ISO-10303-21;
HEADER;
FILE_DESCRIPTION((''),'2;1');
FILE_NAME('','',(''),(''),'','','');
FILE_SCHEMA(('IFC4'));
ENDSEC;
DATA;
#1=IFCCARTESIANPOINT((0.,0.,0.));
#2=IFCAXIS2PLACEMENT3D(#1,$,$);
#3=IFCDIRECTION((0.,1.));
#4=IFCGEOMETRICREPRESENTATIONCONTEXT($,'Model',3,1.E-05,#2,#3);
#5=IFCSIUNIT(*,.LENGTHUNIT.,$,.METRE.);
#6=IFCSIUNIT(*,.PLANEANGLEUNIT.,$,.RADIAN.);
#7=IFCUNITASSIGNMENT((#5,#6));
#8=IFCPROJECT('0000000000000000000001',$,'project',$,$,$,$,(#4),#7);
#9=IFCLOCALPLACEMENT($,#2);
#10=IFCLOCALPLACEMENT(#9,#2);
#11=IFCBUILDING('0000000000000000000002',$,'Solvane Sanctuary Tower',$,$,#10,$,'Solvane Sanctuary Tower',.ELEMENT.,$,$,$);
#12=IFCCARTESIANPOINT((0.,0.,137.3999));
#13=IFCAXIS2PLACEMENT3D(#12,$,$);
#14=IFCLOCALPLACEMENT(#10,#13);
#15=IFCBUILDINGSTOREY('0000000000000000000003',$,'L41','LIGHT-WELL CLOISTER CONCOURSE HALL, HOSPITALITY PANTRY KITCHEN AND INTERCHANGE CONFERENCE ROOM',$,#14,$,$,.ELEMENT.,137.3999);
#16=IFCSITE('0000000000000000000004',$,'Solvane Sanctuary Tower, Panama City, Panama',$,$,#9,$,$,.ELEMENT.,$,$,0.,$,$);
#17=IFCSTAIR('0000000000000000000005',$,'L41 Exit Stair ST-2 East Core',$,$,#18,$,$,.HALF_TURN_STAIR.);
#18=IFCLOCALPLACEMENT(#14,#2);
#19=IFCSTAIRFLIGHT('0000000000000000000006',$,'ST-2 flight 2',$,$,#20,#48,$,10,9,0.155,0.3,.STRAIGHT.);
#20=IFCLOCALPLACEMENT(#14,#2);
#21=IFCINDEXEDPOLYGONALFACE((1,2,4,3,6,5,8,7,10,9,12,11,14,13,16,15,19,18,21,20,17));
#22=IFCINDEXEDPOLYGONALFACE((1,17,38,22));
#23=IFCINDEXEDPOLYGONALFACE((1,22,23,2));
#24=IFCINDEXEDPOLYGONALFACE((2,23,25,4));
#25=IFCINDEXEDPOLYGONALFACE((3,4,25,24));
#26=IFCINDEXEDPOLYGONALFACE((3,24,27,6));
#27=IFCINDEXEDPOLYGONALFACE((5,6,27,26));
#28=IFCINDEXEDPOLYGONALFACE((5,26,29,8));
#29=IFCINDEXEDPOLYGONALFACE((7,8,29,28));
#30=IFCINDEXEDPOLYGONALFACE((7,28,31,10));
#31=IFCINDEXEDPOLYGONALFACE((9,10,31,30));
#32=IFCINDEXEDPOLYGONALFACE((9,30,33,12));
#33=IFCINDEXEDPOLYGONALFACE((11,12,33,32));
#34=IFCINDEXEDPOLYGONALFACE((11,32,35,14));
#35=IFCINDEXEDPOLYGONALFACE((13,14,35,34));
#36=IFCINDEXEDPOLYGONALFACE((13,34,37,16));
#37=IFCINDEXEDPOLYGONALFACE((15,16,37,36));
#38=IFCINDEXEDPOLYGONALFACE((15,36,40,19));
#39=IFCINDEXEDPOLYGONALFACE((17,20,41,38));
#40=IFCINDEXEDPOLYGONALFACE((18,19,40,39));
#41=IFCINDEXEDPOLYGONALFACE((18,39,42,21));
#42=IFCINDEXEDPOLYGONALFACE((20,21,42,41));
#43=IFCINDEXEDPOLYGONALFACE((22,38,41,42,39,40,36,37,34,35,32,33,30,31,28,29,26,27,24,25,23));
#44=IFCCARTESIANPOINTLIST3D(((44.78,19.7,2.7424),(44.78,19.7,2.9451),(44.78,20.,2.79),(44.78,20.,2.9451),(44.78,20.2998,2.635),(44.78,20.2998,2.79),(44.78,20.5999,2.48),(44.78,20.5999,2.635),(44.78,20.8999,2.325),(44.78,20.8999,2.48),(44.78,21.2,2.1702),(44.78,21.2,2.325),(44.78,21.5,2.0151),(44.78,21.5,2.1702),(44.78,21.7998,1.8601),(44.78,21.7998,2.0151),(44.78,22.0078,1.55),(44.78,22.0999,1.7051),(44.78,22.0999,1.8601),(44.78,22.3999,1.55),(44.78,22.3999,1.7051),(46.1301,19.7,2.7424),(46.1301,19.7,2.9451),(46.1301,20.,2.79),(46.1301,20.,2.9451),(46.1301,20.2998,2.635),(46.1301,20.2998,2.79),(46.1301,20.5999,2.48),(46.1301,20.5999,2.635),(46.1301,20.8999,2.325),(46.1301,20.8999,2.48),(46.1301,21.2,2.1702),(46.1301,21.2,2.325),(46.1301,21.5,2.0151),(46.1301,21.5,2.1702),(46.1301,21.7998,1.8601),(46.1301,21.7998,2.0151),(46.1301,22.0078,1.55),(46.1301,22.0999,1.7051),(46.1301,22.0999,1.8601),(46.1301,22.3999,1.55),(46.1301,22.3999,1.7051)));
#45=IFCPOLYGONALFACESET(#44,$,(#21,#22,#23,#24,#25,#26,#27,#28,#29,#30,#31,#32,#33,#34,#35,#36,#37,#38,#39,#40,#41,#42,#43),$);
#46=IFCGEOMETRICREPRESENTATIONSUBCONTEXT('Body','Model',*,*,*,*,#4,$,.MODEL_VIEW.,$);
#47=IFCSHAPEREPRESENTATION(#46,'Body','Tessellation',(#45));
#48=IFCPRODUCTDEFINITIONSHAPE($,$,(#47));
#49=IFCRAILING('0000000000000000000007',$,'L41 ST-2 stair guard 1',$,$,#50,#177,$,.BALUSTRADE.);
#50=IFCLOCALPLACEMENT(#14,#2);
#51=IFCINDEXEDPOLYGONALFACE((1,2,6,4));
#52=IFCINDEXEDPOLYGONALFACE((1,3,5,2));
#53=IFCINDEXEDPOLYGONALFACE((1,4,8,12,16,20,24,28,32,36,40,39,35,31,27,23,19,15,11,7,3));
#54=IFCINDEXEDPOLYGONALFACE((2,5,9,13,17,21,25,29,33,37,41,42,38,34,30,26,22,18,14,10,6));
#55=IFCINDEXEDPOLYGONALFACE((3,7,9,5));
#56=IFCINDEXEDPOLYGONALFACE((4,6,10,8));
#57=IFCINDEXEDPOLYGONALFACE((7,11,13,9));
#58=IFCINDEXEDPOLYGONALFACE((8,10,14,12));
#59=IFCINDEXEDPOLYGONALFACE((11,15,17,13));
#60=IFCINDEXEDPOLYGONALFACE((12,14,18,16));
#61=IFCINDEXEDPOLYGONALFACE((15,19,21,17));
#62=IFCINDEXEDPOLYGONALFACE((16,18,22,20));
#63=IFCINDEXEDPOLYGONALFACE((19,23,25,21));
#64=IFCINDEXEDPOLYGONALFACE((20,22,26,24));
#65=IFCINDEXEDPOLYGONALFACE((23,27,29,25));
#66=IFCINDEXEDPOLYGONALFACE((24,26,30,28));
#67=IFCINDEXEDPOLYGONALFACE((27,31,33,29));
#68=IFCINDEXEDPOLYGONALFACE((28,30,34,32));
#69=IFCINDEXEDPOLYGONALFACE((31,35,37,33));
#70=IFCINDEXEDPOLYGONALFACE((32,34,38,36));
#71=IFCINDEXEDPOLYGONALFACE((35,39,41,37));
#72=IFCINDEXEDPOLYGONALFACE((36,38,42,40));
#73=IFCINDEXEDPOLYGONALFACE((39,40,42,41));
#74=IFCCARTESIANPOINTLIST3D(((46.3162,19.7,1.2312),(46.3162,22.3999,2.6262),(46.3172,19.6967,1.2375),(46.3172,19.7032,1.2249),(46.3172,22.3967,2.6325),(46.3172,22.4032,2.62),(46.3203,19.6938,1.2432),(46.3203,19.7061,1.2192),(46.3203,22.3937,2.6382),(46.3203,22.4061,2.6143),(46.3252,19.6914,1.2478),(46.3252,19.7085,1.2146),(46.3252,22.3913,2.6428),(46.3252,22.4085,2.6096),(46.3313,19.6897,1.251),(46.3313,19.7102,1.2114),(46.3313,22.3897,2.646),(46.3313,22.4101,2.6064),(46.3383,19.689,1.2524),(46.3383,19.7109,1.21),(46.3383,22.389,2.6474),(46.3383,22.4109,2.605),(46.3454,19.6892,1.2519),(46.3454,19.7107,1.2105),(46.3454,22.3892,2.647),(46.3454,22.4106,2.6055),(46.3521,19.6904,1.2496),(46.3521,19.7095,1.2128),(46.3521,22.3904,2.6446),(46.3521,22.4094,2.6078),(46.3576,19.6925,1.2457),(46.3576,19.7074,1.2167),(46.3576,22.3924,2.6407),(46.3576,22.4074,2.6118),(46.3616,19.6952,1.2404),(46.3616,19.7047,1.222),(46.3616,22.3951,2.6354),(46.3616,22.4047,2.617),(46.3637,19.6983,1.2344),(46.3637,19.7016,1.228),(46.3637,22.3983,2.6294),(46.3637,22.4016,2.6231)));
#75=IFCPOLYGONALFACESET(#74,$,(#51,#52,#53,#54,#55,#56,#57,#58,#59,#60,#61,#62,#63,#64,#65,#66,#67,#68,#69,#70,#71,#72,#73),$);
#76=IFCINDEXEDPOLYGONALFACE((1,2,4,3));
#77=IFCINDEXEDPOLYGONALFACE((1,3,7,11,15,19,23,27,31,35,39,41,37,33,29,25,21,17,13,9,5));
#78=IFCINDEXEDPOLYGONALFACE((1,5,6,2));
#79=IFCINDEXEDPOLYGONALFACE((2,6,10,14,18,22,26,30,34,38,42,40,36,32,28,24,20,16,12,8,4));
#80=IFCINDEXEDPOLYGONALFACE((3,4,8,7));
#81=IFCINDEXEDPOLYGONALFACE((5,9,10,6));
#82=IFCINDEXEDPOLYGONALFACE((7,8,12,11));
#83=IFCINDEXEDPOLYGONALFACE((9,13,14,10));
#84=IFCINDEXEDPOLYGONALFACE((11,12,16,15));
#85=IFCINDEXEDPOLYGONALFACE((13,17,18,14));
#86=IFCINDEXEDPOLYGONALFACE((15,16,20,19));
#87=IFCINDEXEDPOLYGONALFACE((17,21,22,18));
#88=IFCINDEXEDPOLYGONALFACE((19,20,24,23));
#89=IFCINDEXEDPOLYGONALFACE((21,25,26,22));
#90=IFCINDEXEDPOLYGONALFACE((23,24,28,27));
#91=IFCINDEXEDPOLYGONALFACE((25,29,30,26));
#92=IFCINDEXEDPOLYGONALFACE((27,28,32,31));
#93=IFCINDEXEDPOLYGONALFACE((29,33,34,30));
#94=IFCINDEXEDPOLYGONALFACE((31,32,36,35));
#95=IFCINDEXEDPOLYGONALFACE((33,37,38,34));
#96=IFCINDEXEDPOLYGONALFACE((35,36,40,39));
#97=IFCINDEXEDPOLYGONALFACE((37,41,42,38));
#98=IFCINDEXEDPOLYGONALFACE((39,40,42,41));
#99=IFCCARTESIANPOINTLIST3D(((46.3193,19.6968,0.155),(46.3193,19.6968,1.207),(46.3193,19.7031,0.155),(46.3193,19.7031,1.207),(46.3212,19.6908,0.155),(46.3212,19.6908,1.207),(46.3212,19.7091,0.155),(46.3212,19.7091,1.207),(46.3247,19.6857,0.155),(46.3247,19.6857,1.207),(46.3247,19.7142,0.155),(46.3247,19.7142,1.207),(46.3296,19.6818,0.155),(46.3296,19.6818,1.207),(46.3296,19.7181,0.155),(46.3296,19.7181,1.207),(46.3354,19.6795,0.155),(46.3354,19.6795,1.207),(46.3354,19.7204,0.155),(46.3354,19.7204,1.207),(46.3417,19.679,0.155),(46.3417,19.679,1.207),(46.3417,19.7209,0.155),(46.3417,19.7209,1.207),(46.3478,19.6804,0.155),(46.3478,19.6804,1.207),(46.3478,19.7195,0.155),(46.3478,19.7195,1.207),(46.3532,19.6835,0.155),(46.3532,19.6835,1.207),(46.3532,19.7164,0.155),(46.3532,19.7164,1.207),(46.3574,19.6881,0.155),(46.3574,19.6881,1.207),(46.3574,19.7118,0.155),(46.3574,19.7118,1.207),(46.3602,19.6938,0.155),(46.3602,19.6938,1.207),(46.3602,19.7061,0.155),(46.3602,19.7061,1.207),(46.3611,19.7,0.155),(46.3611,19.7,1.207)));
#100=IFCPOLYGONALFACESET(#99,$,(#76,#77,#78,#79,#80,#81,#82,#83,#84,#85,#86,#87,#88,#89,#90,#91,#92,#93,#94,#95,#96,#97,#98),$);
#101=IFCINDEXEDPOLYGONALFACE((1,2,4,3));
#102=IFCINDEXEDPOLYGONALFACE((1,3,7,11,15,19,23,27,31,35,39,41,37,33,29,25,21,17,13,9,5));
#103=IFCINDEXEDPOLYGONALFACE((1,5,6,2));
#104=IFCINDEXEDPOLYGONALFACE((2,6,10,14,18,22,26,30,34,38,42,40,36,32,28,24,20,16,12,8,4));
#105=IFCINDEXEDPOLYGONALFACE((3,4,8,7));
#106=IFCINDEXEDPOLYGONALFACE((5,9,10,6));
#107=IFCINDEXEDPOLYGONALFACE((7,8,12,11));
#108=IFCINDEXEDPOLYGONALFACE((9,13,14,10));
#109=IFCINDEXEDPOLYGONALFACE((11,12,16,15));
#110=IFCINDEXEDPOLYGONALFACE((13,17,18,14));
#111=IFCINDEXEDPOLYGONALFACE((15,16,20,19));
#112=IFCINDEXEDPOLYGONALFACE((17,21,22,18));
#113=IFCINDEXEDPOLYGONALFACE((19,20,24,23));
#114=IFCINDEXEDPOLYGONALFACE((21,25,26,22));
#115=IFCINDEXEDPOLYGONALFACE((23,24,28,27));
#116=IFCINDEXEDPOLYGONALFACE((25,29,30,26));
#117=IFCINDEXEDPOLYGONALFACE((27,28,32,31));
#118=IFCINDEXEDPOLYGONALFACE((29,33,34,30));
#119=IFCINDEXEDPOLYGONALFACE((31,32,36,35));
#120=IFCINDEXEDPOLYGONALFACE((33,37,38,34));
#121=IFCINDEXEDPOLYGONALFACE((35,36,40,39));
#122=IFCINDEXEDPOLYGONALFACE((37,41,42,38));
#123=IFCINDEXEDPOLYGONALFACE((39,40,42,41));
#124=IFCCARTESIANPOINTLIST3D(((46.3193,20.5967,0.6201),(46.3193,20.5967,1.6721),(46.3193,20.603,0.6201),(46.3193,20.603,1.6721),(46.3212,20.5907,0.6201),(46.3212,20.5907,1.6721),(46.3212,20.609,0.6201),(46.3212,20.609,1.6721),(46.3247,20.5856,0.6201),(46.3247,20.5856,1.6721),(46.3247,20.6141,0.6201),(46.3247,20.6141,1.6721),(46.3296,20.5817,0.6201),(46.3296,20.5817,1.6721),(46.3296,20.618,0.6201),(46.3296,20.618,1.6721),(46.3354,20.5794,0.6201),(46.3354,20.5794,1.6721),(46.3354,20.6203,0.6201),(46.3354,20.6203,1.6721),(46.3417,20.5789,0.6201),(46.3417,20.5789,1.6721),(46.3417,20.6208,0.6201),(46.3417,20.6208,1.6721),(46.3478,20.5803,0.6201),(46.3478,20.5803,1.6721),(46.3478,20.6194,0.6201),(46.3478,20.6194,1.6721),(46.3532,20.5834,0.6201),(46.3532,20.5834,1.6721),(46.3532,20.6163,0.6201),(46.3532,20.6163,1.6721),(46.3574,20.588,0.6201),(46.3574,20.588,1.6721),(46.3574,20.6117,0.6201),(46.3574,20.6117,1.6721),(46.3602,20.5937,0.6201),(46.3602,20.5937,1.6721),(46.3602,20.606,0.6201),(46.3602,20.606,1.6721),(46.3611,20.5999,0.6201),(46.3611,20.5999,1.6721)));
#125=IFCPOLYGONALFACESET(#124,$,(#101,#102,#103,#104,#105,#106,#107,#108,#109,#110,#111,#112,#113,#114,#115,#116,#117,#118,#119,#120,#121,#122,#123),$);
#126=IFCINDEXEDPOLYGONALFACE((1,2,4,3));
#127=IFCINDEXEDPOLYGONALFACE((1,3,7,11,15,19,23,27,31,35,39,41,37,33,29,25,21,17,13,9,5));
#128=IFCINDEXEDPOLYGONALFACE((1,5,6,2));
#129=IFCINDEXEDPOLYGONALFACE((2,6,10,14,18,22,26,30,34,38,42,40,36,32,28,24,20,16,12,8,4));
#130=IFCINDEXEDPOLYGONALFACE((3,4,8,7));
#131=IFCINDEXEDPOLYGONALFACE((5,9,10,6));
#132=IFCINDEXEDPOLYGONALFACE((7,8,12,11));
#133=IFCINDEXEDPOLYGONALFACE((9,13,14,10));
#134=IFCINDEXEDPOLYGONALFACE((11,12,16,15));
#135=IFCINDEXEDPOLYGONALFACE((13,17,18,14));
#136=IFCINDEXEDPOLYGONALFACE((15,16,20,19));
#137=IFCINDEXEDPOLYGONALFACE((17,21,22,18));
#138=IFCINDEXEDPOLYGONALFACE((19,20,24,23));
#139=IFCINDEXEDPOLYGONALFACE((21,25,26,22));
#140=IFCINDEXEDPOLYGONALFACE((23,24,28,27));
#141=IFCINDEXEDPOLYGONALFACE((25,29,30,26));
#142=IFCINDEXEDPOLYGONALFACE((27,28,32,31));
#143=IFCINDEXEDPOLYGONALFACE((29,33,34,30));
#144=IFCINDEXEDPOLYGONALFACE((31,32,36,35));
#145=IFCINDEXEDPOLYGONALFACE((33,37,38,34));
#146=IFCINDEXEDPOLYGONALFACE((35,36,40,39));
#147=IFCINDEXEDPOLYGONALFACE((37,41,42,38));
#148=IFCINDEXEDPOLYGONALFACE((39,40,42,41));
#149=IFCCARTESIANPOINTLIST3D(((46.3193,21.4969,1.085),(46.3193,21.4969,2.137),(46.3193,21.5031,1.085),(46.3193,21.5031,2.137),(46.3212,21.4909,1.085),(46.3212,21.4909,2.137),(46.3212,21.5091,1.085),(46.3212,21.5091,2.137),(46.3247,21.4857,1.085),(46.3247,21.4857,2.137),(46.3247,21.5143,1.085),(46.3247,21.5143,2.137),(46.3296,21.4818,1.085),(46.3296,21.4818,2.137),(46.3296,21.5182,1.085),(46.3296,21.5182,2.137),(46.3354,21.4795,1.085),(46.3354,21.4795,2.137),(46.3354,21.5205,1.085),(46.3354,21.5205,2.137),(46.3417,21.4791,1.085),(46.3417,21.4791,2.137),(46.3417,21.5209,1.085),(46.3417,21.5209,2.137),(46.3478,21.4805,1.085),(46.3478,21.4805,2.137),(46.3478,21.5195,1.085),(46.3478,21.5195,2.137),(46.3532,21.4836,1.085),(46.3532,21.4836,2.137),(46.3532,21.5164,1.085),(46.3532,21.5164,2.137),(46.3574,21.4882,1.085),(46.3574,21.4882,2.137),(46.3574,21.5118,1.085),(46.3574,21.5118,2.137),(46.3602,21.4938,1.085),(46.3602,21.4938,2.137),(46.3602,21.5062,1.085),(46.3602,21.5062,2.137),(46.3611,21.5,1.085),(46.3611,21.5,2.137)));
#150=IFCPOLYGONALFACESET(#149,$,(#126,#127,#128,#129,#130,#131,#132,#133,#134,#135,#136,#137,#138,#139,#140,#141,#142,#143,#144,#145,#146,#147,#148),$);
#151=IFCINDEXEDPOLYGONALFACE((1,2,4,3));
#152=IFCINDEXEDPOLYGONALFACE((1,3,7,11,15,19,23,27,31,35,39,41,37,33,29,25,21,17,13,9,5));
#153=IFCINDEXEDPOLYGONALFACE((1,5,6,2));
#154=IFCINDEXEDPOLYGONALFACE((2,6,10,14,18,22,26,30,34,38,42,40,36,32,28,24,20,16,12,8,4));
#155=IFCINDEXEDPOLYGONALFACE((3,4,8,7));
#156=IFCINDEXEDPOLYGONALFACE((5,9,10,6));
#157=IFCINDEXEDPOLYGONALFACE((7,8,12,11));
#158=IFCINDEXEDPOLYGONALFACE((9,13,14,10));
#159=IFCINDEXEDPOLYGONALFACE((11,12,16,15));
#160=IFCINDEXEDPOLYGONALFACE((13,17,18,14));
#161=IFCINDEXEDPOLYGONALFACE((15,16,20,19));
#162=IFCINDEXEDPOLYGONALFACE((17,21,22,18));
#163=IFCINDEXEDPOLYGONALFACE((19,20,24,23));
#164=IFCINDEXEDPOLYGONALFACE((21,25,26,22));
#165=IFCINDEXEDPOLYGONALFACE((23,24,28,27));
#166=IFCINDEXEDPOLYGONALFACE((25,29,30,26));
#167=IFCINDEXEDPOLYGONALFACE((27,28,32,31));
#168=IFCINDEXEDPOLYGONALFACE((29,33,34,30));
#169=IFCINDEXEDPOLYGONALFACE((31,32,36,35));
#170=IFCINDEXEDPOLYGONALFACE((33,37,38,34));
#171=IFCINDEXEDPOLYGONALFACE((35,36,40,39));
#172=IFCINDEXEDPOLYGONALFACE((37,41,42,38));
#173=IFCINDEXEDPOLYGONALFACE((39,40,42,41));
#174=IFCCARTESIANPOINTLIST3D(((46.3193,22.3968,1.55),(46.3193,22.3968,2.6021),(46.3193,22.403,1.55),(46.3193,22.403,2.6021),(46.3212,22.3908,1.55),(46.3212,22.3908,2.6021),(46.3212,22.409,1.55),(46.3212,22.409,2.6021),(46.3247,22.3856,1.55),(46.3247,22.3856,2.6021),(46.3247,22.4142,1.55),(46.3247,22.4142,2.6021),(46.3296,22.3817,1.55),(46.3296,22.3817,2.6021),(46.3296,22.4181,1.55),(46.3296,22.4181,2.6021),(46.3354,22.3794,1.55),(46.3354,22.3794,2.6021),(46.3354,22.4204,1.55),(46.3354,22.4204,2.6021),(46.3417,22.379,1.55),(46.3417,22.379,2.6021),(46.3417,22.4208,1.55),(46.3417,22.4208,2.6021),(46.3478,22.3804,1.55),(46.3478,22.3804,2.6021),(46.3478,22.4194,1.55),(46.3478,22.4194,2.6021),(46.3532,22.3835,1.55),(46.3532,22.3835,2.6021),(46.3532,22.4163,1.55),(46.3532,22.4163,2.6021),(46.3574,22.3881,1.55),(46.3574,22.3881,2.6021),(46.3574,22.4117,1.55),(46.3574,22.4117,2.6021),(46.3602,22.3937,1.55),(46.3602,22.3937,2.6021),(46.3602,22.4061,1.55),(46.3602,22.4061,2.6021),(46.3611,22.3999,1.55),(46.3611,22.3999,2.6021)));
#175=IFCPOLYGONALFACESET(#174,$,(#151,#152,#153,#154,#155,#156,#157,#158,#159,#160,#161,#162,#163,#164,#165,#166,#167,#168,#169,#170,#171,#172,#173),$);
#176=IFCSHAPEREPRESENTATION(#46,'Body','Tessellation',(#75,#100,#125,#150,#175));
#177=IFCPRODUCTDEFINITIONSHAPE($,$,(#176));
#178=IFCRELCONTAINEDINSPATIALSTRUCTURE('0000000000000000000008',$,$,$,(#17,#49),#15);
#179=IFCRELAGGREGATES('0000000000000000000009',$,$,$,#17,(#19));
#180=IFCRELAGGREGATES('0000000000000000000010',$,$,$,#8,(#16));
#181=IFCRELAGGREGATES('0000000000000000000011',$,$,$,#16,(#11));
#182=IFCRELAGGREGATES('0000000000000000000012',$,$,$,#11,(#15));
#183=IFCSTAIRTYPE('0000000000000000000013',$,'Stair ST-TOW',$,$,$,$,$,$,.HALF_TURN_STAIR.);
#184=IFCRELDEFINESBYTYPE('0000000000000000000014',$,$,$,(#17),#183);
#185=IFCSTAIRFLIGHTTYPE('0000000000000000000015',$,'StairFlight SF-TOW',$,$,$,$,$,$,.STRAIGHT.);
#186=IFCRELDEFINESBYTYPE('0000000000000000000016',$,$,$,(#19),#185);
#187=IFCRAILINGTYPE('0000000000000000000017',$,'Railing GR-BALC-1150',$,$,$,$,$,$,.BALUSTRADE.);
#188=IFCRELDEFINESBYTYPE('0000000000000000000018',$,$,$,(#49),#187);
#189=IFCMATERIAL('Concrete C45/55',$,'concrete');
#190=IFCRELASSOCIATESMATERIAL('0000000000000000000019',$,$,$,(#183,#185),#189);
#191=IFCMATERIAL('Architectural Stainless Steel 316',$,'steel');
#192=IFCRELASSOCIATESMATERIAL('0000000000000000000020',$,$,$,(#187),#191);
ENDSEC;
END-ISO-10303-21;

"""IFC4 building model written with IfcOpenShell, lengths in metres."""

from ifc_helpers import new_model, si_unit, direction, frame, origin, origin_2d, place, context, subcontext, project, spatial, polyline, circle, outline, extrude, material, type_object, element, aggregate, save


model = new_model("IFC4")

# Units and contexts
model_context = context("Model", 3, precision=1e-05, world=origin(), true_north=direction((0.0, 1.0)))
body_context = subcontext(model_context, "Body", "Model", "MODEL_VIEW")
ifc_project = project(units=[si_unit("LENGTHUNIT", "METRE"), si_unit("PLANEANGLEUNIT", "RADIAN")], contexts=[model_context])

# Site, building, storey
site_placement = place(None, origin())
site = spatial("IfcSite", under=ifc_project, at=site_placement, Name="Solvane Sanctuary Tower, Panama City, Panama", CompositionType="ELEMENT", RefElevation=0.0)
building_placement = place(site_placement, origin())
building = spatial("IfcBuilding", under=site, at=building_placement, Name="Solvane Sanctuary Tower", LongName="Solvane Sanctuary Tower", CompositionType="ELEMENT")
storey_placement = place(building_placement, frame((0.0, 0.0, 137.3999)))
storey = spatial("IfcBuildingStorey", under=building, at=storey_placement, Name="L41", Description="LIGHT-WELL CLOISTER CONCOURSE HALL, HOSPITALITY PANTRY KITCHEN AND INTERCHANGE CONFERENCE ROOM", CompositionType="ELEMENT", Elevation=137.3999)

# Shared definitions
ifc_material_1 = material(Name="Architectural Stainless Steel 316", Category="steel")

# Stair, stair flight
ifc_material_2 = material(Name="Concrete C45/55", Category="concrete")
stair_type = type_object("IfcStairType", Name="Stair ST-TOW", PredefinedType="HALF_TURN_STAIR", material=ifc_material_2)
stair_placement = place(storey_placement, origin())
stair = element("IfcStair", 1, at=stair_placement, inside=storey, type_object=stair_type, Name="L41 Exit Stair ST-2 East Core", PredefinedType="HALF_TURN_STAIR")
stair_flight_type = type_object("IfcStairFlightType", Name="StairFlight SF-TOW", PredefinedType="STRAIGHT", material=ifc_material_2)
stair_flight_1_placement = place(storey_placement, frame((45.4551, 22.3999, 1.55), z_axis=(0.0, 0.0, 1.0), x_axis=(0.0, -1.0, 0.0)))
stair_flight_1 = element("IfcStairFlight", 2, at=stair_flight_1_placement, type_object=stair_flight_type, Name="ST-2 flight 2", NumberOfRisers=10, NumberOfTreads=9, PredefinedType="STRAIGHT", RiserHeight=0.155, TreadLength=0.3, context=body_context, shape_type="SweptSolid", body=[
    extrude(outline(polyline([(0.0, 0.0), (0.0, 0.155), (0.3, 0.155), (0.3, 0.3101), (0.6001, 0.3101), (0.6001, 0.4651), (0.8999, 0.4651), (0.8999, 0.6201), (1.2, 0.6201), (1.2, 0.7749), (1.5, 0.7749), (1.5, 0.9299), (1.8, 0.9299), (1.8, 1.085), (2.1001, 1.085), (2.1001, 1.24), (2.3999, 1.24), (2.3999, 1.395), (2.7, 1.395), (2.7, 1.55), (2.7, 1.1924), (0.3921, 0.0), (0.0, 0.0)])), frame((0.0, 0.675, 0.0), z_axis=(0.0, -1.0, 0.0), x_axis=(1.0, 0.0, 0.0)), (0.0, 0.0, 1.0), 1.3501),
])
aggregate(stair, [stair_flight_1])

# Railing
railing_type_1 = type_object("IfcRailingType", Name="Railing GR-BALC-1150", PredefinedType="BALUSTRADE", material=ifc_material_1)
railing_1_placement = place(storey_placement, frame((46.3401, 19.7, 0.155)))
element("IfcRailing", 3, at=railing_1_placement, inside=storey, type_object=railing_type_1, Name="L41 ST-2 stair guard 1", PredefinedType="BALUSTRADE", context=body_context, shape_type="SweptSolid", body=[
    extrude(circle(Radius=0.0239, at=origin_2d()), frame((0.0, 0.0, 1.0762), z_axis=(0.0, 0.88842, 0.459032), x_axis=(-1.0, 0.0, 0.0)), (0.0, 0.0, 1.0), 3.0391),
    extrude(circle(Radius=0.021, at=origin_2d()), origin(), (0.0, 0.0, 1.0), 1.052),
    extrude(circle(Radius=0.021, at=origin_2d()), frame((0.0, 0.8999, 0.4651)), (0.0, 0.0, 1.0), 1.052),
    extrude(circle(Radius=0.021, at=origin_2d()), frame((0.0, 1.8, 0.9299)), (0.0, 0.0, 1.0), 1.052),
    extrude(circle(Radius=0.021, at=origin_2d()), frame((0.0, 2.7, 1.395)), (0.0, 0.0, 1.0), 1.052),
])

save(model, "model.ifc")
